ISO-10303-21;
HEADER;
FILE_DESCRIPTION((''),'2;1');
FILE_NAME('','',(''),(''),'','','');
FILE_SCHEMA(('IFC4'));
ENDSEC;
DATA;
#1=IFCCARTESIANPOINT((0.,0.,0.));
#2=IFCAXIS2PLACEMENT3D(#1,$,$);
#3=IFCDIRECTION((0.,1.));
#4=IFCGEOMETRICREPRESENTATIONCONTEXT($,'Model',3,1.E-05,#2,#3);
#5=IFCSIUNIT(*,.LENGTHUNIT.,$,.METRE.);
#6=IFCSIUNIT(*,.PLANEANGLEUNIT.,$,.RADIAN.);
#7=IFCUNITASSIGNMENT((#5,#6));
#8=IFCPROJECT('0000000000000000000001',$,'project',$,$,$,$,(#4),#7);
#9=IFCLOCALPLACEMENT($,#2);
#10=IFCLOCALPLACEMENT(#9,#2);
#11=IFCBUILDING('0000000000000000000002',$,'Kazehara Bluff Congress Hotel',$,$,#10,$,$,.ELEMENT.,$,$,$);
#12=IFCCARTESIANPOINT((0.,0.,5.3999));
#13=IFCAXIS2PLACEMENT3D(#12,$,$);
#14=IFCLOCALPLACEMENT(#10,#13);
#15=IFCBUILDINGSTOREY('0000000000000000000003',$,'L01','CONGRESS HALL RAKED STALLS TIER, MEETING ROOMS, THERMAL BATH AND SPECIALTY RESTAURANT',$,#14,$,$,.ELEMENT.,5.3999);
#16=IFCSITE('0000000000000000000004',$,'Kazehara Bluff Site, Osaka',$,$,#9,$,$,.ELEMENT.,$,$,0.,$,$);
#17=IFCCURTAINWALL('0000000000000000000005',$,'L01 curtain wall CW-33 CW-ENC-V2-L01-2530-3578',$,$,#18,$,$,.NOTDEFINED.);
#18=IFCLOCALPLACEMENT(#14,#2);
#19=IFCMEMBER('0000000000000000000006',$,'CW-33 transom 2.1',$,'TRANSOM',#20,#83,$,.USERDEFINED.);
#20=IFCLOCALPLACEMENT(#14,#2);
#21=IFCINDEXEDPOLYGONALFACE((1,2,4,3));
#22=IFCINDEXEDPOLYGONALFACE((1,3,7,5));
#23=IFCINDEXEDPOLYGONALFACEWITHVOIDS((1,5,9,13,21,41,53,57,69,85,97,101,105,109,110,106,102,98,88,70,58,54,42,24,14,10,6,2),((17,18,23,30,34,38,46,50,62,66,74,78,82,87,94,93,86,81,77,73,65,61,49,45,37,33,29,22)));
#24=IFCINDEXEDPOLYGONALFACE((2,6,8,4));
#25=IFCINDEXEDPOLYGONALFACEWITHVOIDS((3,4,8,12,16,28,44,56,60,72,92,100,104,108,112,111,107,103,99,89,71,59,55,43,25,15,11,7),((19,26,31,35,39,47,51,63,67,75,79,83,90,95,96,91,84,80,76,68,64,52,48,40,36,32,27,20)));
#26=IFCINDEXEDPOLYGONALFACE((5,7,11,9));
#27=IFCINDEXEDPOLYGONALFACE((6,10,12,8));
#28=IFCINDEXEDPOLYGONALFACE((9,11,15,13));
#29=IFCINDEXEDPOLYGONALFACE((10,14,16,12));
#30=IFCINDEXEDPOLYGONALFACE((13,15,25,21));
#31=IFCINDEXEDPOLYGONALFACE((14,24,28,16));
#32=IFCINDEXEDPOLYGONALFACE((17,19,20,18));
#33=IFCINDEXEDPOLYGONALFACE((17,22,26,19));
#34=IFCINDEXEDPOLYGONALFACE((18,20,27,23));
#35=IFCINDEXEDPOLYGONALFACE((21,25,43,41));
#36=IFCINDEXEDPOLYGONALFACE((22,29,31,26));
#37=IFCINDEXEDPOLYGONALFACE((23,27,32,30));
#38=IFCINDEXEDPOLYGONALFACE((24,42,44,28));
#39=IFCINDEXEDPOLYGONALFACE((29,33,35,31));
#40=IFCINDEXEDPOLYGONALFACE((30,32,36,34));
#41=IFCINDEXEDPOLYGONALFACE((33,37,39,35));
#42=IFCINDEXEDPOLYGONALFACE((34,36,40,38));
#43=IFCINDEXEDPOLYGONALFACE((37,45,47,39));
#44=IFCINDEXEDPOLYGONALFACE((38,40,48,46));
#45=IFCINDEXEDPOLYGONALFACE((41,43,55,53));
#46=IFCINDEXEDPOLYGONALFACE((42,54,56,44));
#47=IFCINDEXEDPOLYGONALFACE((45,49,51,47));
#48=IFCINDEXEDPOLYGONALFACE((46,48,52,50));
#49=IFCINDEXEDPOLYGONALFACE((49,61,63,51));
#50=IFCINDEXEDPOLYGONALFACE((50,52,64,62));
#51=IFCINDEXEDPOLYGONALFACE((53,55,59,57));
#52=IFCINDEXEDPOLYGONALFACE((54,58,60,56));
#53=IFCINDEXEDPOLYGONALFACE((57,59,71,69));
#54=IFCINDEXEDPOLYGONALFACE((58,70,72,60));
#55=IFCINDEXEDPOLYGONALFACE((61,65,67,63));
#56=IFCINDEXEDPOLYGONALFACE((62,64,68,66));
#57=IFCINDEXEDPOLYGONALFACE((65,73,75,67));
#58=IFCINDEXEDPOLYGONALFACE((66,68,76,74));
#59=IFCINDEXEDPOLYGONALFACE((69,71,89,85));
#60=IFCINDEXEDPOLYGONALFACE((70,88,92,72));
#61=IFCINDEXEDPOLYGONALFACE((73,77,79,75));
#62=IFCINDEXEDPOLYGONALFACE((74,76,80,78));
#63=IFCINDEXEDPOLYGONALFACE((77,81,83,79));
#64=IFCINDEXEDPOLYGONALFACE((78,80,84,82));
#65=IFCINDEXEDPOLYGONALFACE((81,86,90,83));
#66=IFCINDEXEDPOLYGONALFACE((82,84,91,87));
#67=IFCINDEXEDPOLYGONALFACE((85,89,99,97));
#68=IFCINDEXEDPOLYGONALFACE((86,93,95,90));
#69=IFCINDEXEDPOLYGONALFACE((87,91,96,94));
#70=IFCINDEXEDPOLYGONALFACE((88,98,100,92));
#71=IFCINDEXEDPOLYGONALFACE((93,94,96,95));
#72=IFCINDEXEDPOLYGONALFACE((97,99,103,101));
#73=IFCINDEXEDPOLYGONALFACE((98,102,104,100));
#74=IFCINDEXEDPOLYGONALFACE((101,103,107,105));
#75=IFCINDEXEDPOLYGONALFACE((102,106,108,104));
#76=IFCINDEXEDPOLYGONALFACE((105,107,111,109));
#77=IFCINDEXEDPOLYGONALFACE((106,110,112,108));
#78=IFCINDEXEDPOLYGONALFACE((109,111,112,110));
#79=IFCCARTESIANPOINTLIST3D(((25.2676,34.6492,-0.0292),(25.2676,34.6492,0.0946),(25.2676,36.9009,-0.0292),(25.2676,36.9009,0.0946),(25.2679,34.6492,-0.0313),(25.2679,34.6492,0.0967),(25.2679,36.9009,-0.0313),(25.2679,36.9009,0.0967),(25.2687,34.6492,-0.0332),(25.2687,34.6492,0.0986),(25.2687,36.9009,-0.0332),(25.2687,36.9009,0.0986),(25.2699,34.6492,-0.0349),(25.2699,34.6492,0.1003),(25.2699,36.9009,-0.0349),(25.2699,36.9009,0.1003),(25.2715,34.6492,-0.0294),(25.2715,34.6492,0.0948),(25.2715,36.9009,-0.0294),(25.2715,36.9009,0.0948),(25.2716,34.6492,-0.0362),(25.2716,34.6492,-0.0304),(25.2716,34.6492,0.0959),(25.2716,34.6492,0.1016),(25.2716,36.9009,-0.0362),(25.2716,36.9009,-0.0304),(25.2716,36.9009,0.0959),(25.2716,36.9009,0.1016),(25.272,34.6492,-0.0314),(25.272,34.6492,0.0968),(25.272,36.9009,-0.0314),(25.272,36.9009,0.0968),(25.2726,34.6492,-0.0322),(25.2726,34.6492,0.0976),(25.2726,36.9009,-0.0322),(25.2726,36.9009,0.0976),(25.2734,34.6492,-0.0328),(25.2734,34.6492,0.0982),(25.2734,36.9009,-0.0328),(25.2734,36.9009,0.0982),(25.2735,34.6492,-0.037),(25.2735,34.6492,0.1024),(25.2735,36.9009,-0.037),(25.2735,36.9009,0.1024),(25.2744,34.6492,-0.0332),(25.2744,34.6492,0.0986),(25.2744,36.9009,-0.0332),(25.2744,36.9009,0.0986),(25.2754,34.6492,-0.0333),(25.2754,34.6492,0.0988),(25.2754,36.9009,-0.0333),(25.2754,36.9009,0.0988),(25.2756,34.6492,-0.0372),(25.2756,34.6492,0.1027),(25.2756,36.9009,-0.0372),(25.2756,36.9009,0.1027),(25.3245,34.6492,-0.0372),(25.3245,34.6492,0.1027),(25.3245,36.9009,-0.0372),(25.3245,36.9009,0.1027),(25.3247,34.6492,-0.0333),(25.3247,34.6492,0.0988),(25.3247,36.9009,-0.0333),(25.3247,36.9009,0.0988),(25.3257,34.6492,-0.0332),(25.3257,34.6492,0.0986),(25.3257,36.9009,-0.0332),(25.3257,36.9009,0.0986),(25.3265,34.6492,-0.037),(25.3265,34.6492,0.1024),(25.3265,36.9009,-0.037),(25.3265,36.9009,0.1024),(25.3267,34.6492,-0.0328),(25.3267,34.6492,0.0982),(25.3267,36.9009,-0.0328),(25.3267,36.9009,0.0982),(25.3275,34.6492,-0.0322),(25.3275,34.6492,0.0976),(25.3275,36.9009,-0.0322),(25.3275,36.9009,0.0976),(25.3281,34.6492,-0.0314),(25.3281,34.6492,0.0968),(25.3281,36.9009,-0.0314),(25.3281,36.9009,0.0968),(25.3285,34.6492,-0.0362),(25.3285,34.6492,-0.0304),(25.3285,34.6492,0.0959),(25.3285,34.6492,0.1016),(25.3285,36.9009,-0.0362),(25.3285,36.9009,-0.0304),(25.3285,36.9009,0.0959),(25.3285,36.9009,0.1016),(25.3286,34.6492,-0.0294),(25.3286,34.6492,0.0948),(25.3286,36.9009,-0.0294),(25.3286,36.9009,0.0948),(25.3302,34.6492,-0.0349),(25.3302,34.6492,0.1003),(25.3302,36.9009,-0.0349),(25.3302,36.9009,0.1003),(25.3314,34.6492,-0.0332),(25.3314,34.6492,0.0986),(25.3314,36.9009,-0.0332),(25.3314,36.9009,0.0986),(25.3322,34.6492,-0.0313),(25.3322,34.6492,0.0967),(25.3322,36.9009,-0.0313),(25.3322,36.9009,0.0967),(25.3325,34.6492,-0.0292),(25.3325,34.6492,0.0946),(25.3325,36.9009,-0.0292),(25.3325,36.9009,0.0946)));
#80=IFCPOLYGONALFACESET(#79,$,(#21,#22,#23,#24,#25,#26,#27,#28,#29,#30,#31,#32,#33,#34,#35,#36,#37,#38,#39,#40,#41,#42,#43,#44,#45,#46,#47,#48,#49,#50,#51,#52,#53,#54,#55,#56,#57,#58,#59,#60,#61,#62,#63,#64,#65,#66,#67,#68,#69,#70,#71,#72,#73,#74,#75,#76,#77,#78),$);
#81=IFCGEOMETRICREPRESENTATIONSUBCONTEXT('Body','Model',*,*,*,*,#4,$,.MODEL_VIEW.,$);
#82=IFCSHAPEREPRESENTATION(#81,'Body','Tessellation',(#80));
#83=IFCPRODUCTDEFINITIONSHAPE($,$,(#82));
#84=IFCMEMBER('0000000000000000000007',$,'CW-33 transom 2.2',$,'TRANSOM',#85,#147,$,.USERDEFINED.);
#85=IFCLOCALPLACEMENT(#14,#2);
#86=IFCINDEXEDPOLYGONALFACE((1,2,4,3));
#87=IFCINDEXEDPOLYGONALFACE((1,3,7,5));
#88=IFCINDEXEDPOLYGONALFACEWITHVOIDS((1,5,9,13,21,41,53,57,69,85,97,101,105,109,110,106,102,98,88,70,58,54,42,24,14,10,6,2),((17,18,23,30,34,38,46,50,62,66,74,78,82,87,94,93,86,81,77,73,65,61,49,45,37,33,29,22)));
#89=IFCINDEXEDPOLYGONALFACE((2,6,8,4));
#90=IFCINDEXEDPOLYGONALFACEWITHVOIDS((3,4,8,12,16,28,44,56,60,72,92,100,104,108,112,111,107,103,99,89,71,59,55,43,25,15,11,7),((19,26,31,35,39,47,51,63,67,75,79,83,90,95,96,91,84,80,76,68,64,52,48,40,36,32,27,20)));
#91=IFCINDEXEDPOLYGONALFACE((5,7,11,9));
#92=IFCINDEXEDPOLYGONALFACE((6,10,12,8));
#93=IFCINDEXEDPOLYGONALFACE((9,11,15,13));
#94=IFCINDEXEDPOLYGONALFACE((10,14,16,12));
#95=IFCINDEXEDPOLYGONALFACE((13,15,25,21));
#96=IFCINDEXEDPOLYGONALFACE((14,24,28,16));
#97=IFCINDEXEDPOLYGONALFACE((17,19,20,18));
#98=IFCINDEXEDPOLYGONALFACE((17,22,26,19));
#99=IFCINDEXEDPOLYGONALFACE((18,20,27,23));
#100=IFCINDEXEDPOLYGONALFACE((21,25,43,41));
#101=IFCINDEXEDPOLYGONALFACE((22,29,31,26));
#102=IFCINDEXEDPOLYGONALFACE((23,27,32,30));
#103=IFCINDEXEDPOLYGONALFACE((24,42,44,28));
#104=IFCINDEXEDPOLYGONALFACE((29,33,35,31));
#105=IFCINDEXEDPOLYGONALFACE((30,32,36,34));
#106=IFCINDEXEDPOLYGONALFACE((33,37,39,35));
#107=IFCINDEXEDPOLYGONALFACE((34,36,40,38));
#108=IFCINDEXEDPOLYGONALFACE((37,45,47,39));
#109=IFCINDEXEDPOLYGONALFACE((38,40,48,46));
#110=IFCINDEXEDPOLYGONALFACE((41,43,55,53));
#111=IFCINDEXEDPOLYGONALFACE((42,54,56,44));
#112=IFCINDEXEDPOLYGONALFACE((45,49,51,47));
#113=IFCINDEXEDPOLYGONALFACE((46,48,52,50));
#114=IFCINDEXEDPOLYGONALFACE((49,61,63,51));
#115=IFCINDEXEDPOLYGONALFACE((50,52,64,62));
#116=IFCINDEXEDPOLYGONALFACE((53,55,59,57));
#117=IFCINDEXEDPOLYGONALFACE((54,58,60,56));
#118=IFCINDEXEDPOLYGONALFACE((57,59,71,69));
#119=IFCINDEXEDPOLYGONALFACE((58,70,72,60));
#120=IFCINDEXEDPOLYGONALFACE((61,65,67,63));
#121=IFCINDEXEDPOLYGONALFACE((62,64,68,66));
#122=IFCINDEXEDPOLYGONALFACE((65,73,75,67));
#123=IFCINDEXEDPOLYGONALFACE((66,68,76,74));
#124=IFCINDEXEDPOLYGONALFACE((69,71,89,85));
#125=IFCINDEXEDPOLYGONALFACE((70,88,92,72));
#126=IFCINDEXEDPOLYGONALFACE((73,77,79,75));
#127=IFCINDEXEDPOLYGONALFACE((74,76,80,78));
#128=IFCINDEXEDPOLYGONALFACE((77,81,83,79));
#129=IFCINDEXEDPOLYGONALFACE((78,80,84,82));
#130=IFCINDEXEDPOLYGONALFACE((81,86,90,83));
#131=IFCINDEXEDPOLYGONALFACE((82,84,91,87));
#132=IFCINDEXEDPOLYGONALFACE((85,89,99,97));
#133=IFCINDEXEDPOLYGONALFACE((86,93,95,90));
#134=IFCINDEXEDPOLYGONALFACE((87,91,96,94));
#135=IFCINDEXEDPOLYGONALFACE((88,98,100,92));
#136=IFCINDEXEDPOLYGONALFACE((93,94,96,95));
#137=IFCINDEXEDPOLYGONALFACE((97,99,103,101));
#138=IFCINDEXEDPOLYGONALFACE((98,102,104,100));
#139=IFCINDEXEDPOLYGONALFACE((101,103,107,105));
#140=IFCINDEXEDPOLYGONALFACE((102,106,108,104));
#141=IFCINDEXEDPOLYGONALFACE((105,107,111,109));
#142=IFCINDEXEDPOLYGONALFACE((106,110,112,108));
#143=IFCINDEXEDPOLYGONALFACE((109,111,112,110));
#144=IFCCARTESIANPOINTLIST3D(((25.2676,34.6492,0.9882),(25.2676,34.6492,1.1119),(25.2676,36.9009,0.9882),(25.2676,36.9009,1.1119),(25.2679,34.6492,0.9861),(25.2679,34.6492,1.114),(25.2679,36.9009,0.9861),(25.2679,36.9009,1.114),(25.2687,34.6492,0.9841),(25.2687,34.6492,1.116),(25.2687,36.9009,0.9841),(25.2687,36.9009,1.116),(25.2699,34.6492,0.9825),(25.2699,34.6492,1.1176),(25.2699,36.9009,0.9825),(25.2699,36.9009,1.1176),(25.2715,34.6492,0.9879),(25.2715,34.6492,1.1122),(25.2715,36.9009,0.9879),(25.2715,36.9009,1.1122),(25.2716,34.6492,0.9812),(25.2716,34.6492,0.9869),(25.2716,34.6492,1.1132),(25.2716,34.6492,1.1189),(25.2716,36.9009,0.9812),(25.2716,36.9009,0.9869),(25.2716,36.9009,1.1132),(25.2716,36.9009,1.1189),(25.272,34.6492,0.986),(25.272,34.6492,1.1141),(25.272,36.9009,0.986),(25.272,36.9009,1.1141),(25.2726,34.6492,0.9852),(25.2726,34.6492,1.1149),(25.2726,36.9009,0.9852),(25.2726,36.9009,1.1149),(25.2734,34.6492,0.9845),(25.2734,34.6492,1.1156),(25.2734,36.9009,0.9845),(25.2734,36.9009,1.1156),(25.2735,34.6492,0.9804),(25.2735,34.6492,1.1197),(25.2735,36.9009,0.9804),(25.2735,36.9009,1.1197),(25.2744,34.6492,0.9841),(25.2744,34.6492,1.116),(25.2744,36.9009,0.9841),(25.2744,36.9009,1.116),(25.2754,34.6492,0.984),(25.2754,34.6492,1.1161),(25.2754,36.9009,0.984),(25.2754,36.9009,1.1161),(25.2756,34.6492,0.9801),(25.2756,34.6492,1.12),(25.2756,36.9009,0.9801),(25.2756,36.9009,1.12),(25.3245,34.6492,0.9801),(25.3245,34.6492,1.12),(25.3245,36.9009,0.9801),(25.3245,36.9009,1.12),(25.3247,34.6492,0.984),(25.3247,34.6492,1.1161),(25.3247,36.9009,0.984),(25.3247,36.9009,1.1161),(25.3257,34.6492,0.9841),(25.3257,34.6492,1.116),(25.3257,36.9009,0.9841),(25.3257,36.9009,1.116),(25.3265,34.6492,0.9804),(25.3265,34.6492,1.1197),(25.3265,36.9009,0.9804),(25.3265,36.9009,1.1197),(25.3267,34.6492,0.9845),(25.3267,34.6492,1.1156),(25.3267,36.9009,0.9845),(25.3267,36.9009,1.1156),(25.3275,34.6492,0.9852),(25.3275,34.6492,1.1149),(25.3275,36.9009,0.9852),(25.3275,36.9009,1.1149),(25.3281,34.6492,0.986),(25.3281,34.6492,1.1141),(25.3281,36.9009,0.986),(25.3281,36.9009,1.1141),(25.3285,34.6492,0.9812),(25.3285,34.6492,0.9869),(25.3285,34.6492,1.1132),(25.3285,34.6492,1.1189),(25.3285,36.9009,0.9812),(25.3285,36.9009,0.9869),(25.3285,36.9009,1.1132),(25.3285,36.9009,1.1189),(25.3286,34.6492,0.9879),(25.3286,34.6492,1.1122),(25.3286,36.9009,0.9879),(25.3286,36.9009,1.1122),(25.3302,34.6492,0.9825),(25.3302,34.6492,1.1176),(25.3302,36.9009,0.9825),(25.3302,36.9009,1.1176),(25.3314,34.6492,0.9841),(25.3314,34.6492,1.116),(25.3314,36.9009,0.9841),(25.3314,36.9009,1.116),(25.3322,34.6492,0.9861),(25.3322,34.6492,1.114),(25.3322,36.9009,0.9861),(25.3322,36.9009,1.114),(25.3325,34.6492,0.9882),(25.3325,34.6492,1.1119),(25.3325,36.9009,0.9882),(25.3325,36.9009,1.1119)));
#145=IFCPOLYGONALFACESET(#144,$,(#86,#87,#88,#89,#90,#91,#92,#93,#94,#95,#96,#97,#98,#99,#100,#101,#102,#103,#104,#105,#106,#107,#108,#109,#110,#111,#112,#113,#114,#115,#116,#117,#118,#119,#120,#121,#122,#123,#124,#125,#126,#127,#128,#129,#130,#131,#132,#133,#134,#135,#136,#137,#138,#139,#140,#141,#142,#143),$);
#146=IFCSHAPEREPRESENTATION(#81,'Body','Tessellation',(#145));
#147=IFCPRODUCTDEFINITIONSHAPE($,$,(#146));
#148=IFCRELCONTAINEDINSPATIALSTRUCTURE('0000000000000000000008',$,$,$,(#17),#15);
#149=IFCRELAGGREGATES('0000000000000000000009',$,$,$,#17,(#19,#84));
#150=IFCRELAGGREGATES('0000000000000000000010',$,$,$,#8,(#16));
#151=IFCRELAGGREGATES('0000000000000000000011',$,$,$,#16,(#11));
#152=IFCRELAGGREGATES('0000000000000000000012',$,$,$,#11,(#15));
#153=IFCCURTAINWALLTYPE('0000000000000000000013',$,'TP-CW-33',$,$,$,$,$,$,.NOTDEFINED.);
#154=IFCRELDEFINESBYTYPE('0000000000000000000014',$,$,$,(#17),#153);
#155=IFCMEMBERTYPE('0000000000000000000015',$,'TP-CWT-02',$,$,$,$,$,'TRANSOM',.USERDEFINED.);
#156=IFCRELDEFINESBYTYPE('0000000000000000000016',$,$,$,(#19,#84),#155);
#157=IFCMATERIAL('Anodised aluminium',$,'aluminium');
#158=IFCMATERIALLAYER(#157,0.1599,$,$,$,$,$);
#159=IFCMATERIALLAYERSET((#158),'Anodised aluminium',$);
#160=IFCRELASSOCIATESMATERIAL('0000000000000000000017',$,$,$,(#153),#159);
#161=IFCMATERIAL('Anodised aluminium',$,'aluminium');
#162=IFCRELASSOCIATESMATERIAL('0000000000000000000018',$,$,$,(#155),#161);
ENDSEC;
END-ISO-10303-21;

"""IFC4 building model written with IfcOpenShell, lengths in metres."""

from ifc_helpers import new_model, si_unit, direction, frame, origin, origin_2d, place, context, subcontext, project, spatial, hollow_rectangle, extrude, material, layer, layer_set, material_profile, profile_set, type_object, element, aggregate, save


model = new_model("IFC4")

# Units and contexts
model_context = context("Model", 3, precision=1e-05, world=origin(), true_north=direction((0.0, 1.0)))
body_context = subcontext(model_context, "Body", "Model", "MODEL_VIEW")
ifc_project = project(units=[si_unit("LENGTHUNIT", "METRE"), si_unit("PLANEANGLEUNIT", "RADIAN")], contexts=[model_context])

# Site, building, storey
site_placement = place(None, origin())
site = spatial("IfcSite", under=ifc_project, at=site_placement, Name="Kazehara Bluff Site, Osaka", CompositionType="ELEMENT", RefElevation=0.0)
building_placement = place(site_placement, origin())
building = spatial("IfcBuilding", under=site, at=building_placement, Name="Kazehara Bluff Congress Hotel", CompositionType="ELEMENT")
storey_placement = place(building_placement, frame((0.0, 0.0, 5.3999)))
storey = spatial("IfcBuildingStorey", under=building, at=storey_placement, Name="L01", Description="CONGRESS HALL RAKED STALLS TIER, MEETING ROOMS, THERMAL BATH AND SPECIALTY RESTAURANT", CompositionType="ELEMENT", Elevation=5.3999)

# Curtain wall
ifc_material_1 = material(Name="Anodised aluminium", Category="aluminium")
ifc_layer_1 = layer(ifc_material_1, 0.1599)
ifc_layer_set_1 = layer_set([ifc_layer_1], Name="Anodised aluminium")
curtain_wall_type_1 = type_object("IfcCurtainWallType", Name="TP-CW-33", PredefinedType="NOTDEFINED", material=ifc_layer_set_1)
curtain_wall_1_placement = place(storey_placement, origin())
curtain_wall_1 = element("IfcCurtainWall", 1, at=curtain_wall_1_placement, inside=storey, type_object=curtain_wall_type_1, Name="L01 curtain wall CW-33 CW-ENC-V2-L01-2530-3578", PredefinedType="NOTDEFINED")

# Members
ifc_material_2 = material(Name="Anodised aluminium", Category="aluminium")
ifc_material_profile_1 = material_profile(ifc_material_2, hollow_rectangle(XDim=0.0649, YDim=0.1399, WallThickness=0.0039, InnerFilletRadius=0.0039, OuterFilletRadius=0.0081, at=origin_2d()))
ifc_profile_set_1 = profile_set([ifc_material_profile_1], Name="Anodised aluminium")
member_type_1 = type_object("IfcMemberType", Name="TP-CWT-02", ElementType="TRANSOM", PredefinedType="USERDEFINED", material=ifc_profile_set_1)
member_1_placement = place(storey_placement, frame((25.3, 34.6492, 0.0327), z_axis=(0.0, 1.0, 0.0), x_axis=(-1.0, 0.0, 0.0)))
member_1 = element("IfcMember", 2, at=member_1_placement, type_object=member_type_1, Name="CW-33 transom 2.1", ObjectType="TRANSOM", PredefinedType="USERDEFINED", context=body_context, shape_type="SweptSolid", body=[
    extrude(hollow_rectangle(XDim=0.0649, YDim=0.1399, WallThickness=0.0039, InnerFilletRadius=0.0039, OuterFilletRadius=0.0081, at=origin_2d()), origin(), (0.0, 0.0, 1.0), 2.2517),
])
member_2_placement = place(storey_placement, frame((25.3, 34.6492, 1.05), z_axis=(0.0, 1.0, 0.0), x_axis=(-1.0, 0.0, 0.0)))
member_2 = element("IfcMember", 3, at=member_2_placement, type_object=member_type_1, Name="CW-33 transom 2.2", ObjectType="TRANSOM", PredefinedType="USERDEFINED", context=body_context, shape_type="SweptSolid", body=[
    extrude(hollow_rectangle(XDim=0.0649, YDim=0.1399, WallThickness=0.0039, InnerFilletRadius=0.0039, OuterFilletRadius=0.0081, at=origin_2d()), origin(), (0.0, 0.0, 1.0), 2.2517),
])

aggregate(curtain_wall_1, [member_1, member_2])

save(model, "model.ifc")
